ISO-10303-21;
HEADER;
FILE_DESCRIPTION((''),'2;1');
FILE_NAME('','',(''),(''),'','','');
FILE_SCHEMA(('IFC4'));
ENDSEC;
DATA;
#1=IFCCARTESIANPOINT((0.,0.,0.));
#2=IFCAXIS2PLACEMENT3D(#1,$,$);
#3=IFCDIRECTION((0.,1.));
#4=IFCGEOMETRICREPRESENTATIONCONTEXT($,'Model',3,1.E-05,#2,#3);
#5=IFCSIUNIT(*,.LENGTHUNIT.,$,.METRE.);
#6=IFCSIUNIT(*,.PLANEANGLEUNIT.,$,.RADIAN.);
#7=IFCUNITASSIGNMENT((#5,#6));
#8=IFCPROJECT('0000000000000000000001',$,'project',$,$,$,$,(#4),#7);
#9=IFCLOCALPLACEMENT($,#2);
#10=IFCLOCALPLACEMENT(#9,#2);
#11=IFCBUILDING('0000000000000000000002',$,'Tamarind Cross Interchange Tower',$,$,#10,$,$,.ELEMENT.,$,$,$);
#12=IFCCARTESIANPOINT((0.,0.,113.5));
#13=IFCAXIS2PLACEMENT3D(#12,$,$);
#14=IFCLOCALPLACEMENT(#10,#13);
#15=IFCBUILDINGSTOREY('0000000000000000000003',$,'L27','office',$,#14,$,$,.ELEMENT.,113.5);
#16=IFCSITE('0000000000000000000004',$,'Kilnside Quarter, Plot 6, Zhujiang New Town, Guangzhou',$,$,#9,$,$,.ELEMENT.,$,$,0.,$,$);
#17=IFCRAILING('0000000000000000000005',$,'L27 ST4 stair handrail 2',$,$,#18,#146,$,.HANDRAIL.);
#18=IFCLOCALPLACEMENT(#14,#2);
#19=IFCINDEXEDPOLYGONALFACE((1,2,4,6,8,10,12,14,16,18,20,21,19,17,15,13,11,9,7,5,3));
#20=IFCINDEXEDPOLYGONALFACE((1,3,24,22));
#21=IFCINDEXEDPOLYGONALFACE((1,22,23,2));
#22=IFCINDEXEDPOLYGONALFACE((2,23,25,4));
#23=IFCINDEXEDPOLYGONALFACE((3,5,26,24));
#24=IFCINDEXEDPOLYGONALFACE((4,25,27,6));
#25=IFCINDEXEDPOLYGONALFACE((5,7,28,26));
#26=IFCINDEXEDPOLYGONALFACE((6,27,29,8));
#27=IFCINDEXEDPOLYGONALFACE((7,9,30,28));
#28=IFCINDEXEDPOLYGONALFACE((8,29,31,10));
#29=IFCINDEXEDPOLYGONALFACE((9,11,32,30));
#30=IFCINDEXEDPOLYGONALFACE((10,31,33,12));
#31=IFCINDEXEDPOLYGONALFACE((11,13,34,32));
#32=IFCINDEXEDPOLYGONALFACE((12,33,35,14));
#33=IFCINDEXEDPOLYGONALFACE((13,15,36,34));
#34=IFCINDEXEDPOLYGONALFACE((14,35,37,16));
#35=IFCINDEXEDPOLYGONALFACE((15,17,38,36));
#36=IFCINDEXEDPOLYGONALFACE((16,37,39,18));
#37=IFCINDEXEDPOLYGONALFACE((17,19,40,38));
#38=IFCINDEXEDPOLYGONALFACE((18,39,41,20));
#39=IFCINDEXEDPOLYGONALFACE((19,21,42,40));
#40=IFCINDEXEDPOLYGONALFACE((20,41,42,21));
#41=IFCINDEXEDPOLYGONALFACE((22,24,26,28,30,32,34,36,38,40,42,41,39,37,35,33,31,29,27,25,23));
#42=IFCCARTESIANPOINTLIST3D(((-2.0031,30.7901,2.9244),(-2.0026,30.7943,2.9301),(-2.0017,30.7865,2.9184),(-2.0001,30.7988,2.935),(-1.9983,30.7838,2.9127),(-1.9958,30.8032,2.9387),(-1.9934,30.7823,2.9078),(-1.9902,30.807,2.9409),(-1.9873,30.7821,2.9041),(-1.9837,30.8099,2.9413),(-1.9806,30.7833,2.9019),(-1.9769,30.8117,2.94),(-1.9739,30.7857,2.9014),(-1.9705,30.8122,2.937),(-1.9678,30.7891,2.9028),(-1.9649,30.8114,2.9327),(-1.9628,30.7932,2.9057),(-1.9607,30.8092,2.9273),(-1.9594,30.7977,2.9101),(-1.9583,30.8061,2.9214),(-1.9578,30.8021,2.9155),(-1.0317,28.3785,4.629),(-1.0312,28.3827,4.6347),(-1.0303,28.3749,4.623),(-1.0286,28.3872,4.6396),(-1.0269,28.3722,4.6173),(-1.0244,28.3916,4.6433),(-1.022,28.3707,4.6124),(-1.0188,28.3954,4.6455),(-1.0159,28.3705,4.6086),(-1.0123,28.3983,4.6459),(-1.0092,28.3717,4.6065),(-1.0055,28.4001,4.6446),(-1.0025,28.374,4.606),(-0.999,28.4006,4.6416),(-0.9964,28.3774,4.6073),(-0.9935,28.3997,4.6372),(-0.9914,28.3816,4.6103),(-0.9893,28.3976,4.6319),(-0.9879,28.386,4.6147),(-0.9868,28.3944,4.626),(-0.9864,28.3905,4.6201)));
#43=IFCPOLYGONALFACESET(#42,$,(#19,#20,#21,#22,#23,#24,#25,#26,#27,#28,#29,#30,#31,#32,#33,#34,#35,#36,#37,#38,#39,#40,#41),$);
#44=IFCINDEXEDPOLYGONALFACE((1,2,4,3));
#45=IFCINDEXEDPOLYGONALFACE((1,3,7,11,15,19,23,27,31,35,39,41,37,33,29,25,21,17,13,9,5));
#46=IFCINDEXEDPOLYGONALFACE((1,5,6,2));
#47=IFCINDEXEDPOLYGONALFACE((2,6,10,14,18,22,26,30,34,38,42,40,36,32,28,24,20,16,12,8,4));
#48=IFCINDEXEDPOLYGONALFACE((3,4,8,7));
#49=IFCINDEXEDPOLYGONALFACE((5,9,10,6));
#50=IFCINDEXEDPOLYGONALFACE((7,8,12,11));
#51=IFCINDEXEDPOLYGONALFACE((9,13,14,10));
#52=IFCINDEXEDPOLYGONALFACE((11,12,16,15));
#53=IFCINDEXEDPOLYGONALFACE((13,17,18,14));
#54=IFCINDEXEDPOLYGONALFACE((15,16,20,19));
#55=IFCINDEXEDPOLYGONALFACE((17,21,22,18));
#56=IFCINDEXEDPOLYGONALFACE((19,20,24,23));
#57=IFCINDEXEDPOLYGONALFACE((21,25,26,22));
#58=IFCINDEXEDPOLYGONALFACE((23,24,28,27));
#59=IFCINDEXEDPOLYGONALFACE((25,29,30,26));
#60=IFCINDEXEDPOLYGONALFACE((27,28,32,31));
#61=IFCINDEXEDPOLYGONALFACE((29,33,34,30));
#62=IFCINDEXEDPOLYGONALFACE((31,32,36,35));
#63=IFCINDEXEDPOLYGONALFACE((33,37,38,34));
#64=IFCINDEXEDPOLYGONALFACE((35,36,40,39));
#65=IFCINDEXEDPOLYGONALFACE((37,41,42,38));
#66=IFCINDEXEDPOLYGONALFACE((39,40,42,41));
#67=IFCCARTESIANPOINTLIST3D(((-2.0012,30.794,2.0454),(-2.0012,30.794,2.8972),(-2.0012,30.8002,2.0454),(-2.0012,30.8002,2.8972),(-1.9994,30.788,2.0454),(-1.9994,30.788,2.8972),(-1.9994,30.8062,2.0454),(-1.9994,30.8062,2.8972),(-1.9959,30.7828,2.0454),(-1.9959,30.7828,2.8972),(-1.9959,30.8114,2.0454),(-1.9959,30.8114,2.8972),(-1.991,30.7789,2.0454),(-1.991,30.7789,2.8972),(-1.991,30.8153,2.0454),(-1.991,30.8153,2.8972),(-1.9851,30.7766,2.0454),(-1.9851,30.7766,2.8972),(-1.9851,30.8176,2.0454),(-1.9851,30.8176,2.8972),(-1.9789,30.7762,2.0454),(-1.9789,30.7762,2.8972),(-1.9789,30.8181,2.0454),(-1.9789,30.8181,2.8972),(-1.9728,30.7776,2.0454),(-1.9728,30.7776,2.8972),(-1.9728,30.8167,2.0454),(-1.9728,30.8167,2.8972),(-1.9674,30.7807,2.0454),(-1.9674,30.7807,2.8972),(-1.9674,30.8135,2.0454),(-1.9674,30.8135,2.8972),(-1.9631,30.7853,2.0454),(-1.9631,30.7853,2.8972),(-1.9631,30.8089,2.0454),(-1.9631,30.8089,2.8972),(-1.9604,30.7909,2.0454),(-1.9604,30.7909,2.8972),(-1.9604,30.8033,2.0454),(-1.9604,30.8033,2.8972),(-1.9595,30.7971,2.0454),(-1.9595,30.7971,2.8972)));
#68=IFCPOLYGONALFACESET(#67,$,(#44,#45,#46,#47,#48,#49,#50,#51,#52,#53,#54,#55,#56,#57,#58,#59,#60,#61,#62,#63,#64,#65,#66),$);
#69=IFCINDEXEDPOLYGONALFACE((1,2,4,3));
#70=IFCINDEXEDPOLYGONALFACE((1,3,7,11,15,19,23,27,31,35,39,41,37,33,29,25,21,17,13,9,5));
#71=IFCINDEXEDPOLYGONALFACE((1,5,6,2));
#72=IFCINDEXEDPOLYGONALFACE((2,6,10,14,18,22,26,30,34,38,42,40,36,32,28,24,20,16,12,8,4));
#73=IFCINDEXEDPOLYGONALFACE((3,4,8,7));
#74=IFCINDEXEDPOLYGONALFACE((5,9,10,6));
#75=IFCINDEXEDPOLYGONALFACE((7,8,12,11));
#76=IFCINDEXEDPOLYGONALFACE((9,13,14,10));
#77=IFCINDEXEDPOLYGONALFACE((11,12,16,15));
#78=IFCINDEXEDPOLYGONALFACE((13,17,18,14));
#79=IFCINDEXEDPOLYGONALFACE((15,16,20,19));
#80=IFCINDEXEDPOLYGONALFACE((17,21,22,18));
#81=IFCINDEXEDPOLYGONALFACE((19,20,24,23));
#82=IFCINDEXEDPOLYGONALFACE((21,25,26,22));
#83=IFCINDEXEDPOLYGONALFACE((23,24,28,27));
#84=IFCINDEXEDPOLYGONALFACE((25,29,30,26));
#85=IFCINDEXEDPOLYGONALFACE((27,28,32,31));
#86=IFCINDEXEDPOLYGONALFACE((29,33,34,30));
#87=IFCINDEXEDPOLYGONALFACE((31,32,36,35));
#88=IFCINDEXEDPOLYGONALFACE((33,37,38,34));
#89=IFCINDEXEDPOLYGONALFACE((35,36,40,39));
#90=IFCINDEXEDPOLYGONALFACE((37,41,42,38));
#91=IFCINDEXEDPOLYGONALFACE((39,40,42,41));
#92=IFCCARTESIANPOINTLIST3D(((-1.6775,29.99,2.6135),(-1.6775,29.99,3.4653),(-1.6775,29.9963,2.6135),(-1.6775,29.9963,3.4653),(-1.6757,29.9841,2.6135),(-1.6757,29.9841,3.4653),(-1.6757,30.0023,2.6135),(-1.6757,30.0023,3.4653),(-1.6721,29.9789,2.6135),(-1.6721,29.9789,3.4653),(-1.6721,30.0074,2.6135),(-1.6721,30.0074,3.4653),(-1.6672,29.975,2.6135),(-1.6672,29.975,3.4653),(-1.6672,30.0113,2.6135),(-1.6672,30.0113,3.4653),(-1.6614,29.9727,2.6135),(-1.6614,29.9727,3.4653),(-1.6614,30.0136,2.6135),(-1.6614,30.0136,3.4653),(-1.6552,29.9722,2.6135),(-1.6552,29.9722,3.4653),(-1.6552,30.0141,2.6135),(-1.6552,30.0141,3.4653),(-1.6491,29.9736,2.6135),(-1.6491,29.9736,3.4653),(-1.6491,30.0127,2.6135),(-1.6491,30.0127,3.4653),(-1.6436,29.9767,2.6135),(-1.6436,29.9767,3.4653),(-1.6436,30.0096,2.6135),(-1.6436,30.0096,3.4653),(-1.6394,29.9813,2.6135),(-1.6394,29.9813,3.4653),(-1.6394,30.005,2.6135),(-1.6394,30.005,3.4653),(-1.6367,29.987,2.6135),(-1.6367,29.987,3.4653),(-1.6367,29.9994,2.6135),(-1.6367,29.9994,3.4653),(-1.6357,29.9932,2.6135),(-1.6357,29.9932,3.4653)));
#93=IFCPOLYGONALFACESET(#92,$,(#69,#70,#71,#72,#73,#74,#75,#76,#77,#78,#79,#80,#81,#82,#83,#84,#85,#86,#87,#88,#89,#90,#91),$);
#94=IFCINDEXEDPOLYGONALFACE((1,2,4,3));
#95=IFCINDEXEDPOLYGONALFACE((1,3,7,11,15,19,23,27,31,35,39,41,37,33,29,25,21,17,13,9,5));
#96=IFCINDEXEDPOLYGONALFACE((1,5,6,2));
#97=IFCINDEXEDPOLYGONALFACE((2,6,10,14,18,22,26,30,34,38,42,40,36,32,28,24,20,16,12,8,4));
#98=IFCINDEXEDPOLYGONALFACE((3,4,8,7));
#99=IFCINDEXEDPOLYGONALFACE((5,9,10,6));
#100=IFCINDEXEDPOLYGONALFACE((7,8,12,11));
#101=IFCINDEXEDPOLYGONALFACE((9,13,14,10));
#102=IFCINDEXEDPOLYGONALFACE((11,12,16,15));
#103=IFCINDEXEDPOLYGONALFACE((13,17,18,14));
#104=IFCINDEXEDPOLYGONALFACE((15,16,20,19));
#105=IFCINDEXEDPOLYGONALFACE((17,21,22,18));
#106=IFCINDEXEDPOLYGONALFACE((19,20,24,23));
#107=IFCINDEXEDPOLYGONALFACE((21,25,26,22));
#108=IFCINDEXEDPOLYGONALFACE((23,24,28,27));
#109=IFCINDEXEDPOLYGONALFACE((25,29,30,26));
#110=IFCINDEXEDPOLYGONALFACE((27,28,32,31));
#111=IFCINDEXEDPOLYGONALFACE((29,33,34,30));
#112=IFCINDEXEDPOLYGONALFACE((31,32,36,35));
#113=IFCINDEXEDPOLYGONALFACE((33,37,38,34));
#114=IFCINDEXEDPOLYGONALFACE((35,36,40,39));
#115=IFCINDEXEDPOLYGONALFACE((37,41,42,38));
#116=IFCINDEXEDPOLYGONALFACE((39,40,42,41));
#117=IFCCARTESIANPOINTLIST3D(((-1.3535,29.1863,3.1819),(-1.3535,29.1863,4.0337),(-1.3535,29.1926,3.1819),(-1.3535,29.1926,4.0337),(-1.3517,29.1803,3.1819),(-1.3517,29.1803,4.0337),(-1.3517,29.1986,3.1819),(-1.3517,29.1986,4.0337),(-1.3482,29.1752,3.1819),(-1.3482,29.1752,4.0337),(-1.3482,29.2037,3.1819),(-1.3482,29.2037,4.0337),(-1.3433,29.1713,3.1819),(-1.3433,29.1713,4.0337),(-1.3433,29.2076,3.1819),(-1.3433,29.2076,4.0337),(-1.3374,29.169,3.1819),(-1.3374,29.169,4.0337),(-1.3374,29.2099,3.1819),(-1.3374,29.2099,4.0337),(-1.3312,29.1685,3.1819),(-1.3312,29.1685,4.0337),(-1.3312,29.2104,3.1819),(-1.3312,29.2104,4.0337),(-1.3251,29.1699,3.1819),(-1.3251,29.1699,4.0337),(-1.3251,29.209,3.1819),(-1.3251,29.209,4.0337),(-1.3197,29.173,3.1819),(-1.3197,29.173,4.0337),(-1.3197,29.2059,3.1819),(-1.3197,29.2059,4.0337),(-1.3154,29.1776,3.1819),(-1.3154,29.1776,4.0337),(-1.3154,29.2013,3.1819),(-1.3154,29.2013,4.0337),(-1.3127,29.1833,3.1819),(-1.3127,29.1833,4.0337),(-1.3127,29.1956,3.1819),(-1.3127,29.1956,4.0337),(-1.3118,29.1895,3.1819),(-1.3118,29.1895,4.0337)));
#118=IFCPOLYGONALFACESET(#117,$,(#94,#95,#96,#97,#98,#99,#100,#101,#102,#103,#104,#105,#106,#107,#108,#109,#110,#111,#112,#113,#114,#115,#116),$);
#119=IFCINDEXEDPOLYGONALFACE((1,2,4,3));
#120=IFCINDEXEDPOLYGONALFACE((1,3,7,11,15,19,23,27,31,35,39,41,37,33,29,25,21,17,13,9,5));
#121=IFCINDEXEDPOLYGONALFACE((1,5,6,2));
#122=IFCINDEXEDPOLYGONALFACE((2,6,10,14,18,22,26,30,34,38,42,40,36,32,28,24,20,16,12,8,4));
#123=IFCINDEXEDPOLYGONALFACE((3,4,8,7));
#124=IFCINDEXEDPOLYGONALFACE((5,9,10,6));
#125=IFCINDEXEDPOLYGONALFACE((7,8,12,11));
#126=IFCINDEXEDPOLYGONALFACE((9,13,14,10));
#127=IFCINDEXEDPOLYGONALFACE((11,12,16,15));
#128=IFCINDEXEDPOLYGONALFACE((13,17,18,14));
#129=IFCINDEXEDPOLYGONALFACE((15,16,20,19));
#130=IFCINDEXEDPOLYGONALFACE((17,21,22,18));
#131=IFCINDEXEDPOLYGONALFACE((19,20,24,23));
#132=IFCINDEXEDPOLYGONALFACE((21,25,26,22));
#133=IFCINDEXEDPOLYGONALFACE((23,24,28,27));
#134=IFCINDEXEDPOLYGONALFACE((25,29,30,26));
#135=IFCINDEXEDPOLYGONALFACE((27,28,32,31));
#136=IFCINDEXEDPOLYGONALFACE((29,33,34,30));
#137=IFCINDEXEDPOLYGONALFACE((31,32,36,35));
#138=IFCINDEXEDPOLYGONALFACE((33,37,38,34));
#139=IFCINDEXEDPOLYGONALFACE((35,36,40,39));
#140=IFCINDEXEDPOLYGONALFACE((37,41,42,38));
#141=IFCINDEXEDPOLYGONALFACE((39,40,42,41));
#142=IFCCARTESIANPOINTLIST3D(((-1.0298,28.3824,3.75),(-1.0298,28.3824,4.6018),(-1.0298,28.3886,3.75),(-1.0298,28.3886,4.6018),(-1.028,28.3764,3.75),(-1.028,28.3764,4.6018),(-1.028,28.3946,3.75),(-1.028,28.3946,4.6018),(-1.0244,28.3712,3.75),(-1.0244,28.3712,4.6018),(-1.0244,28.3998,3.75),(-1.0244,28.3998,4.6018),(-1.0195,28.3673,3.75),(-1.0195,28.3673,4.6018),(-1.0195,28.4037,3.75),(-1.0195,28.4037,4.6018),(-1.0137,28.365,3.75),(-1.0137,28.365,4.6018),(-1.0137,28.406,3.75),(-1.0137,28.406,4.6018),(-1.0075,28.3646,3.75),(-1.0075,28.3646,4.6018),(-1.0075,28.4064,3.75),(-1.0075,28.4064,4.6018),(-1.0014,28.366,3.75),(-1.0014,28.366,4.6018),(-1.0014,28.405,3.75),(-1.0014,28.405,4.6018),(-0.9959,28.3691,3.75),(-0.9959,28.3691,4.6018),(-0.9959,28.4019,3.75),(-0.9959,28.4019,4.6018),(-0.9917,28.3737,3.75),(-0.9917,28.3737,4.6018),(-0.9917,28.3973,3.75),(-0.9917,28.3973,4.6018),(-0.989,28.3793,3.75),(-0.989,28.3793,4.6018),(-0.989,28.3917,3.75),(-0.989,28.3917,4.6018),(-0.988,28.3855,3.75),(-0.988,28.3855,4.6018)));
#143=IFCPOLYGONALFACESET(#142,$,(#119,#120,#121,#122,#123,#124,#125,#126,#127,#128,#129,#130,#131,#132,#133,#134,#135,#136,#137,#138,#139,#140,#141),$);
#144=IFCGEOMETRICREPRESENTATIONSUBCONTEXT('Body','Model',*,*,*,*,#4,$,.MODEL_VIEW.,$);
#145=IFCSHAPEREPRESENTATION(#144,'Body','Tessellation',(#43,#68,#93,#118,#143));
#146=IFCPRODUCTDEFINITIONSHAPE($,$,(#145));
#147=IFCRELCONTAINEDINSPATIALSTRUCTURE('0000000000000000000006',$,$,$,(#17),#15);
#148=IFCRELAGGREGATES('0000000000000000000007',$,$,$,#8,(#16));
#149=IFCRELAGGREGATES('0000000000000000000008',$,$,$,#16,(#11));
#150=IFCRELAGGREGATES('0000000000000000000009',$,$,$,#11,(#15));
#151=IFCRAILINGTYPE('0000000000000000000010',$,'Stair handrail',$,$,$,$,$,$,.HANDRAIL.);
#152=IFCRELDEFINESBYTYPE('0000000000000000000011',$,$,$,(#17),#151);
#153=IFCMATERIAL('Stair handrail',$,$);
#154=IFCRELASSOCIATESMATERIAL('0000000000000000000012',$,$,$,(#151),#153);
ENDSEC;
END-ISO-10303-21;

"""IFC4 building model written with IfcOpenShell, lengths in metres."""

from ifc_helpers import new_model, si_unit, direction, frame, origin, origin_2d, place, context, subcontext, project, spatial, circle, extrude, material, type_object, element, save


model = new_model("IFC4")

# Units and contexts
model_context = context("Model", 3, precision=1e-05, world=origin(), true_north=direction((0.0, 1.0)))
body_context = subcontext(model_context, "Body", "Model", "MODEL_VIEW")
ifc_project = project(units=[si_unit("LENGTHUNIT", "METRE"), si_unit("PLANEANGLEUNIT", "RADIAN")], contexts=[model_context])

# Site, building, storey
site_placement = place(None, origin())
site = spatial("IfcSite", under=ifc_project, at=site_placement, Name="Kilnside Quarter, Plot 6, Zhujiang New Town, Guangzhou", CompositionType="ELEMENT", RefElevation=0.0)
building_placement = place(site_placement, origin())
building = spatial("IfcBuilding", under=site, at=building_placement, Name="Tamarind Cross Interchange Tower", CompositionType="ELEMENT")
storey_placement = place(building_placement, frame((0.0, 0.0, 113.5)))
storey = spatial("IfcBuildingStorey", under=building, at=storey_placement, Name="L27", Description="office", CompositionType="ELEMENT", Elevation=113.5)

# Railing
ifc_material_1 = material(Name="Stair handrail")
railing_type_1 = type_object("IfcRailingType", Name="Stair handrail", PredefinedType="HANDRAIL", material=ifc_material_1)
railing_1_placement = place(storey_placement, frame((-1.9805, 30.7971, 2.0454)))
element("IfcRailing", 1, at=railing_1_placement, inside=storey, type_object=railing_type_1, Name="L27 ST4 stair handrail 2", PredefinedType="HANDRAIL", context=body_context, shape_type="SweptSolid", body=[
    extrude(circle(Radius=0.0239, at=origin_2d()), frame((0.0, 0.0, 0.876), z_axis=(0.31247, -0.775716, 0.548294), x_axis=(0.927574, 0.37364, 0.0)), (0.0, 0.0, 1.0), 3.1089),
    extrude(circle(Radius=0.021, at=origin_2d()), origin(), (0.0, 0.0, 1.0), 0.8518),
    extrude(circle(Radius=0.021, at=origin_2d()), frame((0.3237, -0.804, 0.5681)), (0.0, 0.0, 1.0), 0.8518),
    extrude(circle(Radius=0.021, at=origin_2d()), frame((0.6477, -1.6077, 1.1365)), (0.0, 0.0, 1.0), 0.8518),
    extrude(circle(Radius=0.021, at=origin_2d()), frame((0.9714, -2.4116, 1.7046)), (0.0, 0.0, 1.0), 0.8518),
])

save(model, "model.ifc")
